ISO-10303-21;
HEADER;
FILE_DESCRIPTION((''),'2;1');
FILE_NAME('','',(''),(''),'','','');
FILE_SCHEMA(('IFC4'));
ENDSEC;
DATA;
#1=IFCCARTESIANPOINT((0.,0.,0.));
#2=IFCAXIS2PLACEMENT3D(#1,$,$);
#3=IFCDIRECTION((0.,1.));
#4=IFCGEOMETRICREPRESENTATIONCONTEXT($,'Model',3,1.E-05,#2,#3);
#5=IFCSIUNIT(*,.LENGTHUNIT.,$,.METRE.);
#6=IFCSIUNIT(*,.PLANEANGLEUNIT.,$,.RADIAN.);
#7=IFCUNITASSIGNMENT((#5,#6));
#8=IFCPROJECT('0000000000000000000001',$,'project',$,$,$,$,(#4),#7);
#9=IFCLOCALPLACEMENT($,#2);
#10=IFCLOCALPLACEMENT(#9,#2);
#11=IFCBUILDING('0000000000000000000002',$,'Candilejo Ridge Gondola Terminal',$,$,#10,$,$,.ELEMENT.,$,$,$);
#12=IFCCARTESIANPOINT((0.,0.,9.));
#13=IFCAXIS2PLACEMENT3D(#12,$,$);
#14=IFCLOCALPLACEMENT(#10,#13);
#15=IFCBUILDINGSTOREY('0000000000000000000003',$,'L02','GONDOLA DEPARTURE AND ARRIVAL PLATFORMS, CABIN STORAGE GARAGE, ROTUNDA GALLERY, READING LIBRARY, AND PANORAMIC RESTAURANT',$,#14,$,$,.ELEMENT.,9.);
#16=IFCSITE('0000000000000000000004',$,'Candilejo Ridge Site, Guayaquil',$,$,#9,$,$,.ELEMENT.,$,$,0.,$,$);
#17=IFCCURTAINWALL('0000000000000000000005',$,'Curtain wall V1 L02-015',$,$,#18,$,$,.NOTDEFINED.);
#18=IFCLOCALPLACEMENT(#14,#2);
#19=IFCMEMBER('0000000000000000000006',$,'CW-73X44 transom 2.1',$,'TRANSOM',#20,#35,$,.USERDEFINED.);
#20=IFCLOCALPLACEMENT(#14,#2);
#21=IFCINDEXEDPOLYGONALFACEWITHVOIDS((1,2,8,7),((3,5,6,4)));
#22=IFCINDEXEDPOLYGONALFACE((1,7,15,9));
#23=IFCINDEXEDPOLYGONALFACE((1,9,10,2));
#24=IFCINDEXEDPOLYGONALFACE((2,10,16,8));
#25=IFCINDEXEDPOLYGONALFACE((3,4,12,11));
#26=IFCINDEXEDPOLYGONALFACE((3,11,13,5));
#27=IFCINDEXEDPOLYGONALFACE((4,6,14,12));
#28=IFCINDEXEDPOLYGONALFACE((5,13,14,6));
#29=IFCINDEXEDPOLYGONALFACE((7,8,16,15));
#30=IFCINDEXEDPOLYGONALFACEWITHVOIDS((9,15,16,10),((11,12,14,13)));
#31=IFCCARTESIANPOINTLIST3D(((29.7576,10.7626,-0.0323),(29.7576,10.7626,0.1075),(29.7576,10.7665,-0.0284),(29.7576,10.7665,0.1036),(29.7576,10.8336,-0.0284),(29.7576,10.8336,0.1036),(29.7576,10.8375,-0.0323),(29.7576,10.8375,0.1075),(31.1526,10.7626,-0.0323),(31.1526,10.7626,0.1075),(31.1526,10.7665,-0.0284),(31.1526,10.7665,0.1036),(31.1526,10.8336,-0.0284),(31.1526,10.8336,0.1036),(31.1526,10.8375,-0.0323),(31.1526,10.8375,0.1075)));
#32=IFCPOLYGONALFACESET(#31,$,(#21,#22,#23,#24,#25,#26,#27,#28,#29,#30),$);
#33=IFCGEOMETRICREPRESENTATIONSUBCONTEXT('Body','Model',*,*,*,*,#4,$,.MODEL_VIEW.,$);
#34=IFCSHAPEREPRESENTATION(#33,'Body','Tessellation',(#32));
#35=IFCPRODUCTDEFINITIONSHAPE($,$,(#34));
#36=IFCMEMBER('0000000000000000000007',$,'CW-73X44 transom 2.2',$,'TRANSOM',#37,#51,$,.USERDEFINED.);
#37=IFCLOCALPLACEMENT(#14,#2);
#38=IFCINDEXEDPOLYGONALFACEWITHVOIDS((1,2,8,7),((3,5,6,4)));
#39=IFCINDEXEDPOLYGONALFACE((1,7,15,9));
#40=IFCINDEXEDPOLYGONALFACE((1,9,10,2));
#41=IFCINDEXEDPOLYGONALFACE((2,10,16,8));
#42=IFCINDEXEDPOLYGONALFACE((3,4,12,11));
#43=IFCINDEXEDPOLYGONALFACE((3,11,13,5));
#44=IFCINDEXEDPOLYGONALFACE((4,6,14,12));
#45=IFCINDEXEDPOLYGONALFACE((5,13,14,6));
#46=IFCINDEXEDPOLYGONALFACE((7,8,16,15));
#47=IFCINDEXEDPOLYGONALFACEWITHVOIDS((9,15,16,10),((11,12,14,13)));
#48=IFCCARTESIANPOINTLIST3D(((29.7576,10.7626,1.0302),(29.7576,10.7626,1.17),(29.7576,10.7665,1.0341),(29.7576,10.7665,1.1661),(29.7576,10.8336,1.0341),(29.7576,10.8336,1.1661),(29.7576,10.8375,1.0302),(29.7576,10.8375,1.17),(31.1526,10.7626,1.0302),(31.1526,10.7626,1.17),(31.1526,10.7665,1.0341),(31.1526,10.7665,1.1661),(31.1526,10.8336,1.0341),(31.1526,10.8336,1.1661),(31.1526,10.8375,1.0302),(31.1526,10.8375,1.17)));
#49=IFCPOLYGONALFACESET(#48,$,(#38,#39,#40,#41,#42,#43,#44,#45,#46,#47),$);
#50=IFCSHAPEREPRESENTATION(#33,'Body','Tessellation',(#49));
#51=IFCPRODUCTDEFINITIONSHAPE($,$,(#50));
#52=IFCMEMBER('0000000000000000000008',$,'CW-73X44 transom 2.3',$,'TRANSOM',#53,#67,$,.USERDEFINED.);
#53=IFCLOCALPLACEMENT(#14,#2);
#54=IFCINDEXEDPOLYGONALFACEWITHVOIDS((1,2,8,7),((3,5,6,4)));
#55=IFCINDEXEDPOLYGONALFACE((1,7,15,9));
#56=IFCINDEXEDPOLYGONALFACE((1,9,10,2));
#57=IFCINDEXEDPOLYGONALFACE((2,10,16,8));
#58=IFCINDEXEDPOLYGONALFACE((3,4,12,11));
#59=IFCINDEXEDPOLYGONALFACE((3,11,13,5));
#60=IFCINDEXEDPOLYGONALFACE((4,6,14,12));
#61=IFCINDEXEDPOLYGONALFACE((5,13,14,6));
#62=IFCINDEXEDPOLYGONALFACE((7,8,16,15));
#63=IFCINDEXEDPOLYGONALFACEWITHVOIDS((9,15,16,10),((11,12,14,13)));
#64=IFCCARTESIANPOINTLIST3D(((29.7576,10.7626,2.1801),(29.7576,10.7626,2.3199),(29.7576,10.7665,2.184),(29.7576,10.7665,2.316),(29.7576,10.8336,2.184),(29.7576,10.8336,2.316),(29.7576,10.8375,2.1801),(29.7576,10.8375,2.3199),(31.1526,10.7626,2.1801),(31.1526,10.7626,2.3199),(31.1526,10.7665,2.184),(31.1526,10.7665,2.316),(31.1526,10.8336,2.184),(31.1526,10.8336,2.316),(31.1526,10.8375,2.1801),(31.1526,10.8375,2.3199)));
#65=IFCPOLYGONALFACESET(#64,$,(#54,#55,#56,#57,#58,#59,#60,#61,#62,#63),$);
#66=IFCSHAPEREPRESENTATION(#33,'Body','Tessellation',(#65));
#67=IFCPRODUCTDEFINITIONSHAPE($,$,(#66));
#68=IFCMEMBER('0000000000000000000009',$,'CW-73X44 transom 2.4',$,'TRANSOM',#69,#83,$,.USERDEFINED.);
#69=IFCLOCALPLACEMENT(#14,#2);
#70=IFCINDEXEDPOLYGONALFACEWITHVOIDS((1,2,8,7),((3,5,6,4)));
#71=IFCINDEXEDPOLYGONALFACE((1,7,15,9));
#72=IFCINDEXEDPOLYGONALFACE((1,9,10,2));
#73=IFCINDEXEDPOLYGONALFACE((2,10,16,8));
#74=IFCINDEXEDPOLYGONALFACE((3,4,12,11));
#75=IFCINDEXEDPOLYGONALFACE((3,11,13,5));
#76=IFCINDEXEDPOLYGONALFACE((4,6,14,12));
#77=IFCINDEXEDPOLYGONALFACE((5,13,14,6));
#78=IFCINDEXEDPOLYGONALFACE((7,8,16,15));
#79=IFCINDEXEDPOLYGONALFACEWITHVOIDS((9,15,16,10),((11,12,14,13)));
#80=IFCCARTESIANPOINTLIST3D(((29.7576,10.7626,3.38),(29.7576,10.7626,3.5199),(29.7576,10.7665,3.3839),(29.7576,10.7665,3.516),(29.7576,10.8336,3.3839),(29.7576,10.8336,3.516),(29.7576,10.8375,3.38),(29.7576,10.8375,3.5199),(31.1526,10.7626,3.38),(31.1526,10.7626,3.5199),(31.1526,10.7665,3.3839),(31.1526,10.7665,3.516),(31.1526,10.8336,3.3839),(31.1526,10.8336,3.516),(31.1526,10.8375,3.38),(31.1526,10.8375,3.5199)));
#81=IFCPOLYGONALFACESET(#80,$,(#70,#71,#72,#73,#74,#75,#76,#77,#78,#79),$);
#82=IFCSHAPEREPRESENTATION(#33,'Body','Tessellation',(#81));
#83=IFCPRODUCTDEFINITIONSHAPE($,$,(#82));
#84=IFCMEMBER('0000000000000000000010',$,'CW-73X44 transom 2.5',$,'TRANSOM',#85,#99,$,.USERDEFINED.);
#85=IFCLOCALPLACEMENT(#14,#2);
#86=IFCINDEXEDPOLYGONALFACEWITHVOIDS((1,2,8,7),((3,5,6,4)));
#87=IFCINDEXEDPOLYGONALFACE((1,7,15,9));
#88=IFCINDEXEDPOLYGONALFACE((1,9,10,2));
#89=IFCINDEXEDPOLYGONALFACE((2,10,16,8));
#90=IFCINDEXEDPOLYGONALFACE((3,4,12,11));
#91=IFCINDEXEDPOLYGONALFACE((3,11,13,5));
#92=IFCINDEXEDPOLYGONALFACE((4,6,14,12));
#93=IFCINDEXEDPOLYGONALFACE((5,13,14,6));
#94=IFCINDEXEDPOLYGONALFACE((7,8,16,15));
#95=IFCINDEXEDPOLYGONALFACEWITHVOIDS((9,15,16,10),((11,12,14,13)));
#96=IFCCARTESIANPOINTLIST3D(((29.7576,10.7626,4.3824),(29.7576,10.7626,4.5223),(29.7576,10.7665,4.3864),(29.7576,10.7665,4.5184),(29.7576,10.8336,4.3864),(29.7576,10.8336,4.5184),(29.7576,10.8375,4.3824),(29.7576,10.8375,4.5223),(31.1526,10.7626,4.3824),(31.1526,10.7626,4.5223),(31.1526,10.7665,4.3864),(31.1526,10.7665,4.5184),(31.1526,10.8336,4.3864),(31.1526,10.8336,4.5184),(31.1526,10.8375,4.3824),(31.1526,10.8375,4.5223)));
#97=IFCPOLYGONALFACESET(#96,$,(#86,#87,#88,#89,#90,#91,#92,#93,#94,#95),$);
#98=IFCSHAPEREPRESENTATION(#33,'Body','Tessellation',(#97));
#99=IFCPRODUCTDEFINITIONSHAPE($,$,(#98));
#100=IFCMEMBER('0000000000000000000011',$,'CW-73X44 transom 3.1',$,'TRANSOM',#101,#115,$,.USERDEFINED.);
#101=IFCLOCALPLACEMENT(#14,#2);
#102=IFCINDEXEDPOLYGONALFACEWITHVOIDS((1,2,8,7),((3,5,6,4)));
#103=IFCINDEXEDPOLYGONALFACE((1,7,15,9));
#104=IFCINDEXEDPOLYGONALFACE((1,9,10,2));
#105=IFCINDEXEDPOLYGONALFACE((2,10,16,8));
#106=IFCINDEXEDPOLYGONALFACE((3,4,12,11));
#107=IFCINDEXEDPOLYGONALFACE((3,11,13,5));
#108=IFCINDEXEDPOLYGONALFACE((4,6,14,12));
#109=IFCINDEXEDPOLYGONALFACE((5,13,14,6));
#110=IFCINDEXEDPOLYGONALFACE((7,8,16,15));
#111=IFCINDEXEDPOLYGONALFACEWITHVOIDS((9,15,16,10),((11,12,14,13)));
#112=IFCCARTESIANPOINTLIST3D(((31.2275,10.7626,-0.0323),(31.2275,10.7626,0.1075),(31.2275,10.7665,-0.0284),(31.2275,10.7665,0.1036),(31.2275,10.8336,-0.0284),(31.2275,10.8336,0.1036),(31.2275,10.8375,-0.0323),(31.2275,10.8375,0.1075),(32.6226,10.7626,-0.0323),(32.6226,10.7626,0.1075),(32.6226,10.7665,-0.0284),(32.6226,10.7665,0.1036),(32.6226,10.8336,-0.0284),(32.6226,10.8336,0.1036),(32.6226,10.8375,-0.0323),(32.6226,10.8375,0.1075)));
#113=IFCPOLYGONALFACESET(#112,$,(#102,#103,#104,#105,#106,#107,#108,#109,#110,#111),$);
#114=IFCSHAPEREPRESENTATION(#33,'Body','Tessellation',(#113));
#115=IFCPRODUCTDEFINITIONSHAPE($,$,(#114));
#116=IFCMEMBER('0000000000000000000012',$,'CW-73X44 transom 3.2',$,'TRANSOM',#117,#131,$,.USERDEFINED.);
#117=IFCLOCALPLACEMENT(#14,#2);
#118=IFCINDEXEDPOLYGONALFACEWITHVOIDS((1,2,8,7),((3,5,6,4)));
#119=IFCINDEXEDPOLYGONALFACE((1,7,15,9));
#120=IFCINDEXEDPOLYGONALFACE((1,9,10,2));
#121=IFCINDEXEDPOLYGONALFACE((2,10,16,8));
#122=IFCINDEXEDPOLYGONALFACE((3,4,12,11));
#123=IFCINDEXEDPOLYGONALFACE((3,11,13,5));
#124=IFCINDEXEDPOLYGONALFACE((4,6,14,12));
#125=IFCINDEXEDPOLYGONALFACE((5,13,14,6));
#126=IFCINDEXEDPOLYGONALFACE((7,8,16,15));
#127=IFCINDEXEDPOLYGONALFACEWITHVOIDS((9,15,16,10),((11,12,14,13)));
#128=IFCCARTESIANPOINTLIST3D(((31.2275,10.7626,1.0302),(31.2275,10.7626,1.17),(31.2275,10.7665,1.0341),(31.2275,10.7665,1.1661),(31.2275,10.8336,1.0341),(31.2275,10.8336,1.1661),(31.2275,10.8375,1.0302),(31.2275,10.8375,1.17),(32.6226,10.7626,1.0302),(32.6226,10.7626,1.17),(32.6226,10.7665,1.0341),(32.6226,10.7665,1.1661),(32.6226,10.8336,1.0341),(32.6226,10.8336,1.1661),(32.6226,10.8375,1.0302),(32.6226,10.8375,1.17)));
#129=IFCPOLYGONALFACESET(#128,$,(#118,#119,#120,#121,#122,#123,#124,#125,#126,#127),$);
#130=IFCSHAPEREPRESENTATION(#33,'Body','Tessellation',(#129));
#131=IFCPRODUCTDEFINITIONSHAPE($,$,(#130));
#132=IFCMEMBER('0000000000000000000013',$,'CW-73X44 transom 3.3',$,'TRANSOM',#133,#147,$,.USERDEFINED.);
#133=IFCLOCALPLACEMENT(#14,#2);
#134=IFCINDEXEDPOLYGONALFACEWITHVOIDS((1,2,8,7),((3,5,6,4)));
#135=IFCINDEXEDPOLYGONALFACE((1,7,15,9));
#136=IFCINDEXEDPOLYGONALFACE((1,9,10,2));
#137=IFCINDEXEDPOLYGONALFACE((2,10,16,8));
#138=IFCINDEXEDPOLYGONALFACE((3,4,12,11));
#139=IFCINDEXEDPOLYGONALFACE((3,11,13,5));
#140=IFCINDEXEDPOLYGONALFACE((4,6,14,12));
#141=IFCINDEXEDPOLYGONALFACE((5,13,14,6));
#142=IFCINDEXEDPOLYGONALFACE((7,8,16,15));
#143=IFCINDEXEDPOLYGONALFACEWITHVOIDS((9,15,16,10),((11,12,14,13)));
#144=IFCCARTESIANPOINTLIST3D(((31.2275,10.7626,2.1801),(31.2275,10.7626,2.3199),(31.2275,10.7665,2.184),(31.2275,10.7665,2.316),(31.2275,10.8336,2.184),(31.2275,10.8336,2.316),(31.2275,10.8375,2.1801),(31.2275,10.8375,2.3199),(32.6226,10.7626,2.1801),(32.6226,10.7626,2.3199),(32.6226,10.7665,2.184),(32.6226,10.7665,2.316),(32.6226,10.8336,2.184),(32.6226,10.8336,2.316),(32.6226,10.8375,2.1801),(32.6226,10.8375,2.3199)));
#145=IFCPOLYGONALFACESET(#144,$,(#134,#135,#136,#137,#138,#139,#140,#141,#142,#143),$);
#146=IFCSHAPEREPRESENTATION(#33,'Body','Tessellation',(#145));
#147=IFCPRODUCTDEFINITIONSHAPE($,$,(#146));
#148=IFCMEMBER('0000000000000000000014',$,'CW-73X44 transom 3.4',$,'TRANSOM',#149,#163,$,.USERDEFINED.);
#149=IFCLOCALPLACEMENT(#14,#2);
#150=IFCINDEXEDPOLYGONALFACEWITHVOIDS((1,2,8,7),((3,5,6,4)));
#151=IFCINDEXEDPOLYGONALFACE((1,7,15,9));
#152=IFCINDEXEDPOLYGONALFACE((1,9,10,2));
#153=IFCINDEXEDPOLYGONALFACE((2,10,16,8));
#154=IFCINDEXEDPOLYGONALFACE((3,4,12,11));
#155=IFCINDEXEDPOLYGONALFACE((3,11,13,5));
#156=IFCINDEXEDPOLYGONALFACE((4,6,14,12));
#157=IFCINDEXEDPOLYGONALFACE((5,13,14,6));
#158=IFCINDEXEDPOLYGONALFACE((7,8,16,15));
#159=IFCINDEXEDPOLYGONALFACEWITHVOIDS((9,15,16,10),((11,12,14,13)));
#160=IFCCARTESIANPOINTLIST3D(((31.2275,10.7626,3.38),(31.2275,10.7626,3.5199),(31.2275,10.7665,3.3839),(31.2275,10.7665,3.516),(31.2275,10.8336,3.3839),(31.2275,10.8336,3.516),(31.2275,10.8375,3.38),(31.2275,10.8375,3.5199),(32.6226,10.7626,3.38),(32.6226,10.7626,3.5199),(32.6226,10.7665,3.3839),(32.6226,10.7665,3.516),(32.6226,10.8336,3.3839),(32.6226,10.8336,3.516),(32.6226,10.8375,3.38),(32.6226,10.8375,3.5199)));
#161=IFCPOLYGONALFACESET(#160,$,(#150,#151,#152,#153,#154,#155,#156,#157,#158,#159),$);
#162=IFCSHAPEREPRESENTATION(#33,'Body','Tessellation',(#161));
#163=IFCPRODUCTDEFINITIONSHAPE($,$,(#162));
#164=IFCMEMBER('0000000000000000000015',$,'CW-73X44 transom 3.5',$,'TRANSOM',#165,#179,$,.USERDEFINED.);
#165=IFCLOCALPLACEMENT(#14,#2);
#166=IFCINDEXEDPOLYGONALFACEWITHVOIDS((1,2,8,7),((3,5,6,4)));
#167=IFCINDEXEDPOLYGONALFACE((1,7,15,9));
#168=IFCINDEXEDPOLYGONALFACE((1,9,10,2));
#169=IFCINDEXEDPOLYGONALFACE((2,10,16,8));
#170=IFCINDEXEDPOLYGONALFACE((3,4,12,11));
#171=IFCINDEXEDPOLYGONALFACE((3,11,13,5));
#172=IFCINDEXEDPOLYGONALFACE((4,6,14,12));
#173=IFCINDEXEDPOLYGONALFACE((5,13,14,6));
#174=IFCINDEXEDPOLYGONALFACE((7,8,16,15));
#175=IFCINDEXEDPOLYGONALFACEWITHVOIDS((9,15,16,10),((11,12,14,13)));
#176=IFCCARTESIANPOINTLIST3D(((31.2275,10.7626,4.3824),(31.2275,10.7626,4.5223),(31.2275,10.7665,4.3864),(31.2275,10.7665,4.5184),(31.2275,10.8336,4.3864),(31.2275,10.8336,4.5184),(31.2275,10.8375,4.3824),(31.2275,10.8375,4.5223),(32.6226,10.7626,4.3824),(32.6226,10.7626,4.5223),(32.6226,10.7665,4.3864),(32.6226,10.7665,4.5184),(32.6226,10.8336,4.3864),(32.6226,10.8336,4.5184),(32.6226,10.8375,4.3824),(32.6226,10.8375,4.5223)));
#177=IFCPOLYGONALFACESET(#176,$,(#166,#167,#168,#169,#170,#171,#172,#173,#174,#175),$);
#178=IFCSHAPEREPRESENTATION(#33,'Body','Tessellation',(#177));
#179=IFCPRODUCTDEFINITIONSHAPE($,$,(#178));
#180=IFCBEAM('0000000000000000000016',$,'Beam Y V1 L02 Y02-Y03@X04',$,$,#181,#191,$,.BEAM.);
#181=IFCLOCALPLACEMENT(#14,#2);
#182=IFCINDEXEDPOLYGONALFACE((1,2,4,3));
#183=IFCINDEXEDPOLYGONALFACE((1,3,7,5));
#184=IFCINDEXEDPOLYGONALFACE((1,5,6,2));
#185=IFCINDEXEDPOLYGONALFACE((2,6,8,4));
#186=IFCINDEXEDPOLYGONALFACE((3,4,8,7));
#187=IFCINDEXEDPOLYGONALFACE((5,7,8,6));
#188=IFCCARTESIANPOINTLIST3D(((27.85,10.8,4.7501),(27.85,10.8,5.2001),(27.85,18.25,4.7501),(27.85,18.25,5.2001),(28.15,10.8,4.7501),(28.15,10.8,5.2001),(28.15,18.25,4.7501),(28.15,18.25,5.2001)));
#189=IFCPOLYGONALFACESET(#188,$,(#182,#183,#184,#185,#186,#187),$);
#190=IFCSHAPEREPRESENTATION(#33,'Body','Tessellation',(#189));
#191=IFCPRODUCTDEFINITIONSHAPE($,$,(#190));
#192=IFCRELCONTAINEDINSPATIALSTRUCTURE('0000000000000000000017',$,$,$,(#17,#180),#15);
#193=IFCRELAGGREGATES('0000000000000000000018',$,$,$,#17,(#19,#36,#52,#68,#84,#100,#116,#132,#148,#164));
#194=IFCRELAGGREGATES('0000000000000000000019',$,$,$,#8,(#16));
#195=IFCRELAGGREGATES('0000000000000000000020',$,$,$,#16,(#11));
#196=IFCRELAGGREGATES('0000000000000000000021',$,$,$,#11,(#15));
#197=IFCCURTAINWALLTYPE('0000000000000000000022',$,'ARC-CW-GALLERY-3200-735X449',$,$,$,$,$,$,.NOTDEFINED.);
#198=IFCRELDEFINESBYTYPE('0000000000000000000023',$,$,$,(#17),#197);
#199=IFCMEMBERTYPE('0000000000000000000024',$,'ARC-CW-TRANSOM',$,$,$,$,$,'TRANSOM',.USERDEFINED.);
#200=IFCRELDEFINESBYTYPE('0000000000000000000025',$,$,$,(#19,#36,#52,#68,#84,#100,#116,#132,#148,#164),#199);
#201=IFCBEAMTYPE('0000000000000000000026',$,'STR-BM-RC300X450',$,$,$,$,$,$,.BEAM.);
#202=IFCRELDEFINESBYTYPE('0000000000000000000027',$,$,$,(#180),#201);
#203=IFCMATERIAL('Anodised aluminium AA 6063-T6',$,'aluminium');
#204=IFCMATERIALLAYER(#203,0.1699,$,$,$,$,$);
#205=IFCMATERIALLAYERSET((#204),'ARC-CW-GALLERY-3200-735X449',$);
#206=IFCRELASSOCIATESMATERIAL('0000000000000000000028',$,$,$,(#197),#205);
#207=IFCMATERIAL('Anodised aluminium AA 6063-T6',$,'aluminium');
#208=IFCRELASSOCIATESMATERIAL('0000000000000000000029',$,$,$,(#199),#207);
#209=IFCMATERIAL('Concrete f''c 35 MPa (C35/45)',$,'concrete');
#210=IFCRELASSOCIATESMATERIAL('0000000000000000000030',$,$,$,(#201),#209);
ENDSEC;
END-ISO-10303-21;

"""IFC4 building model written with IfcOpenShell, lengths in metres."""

from ifc_helpers import new_model, si_unit, direction, frame, origin, origin_2d, place, context, subcontext, project, spatial, rectangle, hollow_rectangle, extrude, material, layer, layer_set, material_profile, profile_set, type_object, element, aggregate, save


model = new_model("IFC4")

# Units and contexts
model_context = context("Model", 3, precision=1e-05, world=origin(), true_north=direction((0.0, 1.0)))
body_context = subcontext(model_context, "Body", "Model", "MODEL_VIEW")
ifc_project = project(units=[si_unit("LENGTHUNIT", "METRE"), si_unit("PLANEANGLEUNIT", "RADIAN")], contexts=[model_context])

# Site, building, storey
site_placement = place(None, origin())
site = spatial("IfcSite", under=ifc_project, at=site_placement, Name="Candilejo Ridge Site, Guayaquil", CompositionType="ELEMENT", RefElevation=0.0)
building_placement = place(site_placement, origin())
building = spatial("IfcBuilding", under=site, at=building_placement, Name="Candilejo Ridge Gondola Terminal", CompositionType="ELEMENT")
storey_placement = place(building_placement, frame((0.0, 0.0, 9.0)))
storey = spatial("IfcBuildingStorey", under=building, at=storey_placement, Name="L02", Description="GONDOLA DEPARTURE AND ARRIVAL PLATFORMS, CABIN STORAGE GARAGE, ROTUNDA GALLERY, READING LIBRARY, AND PANORAMIC RESTAURANT", CompositionType="ELEMENT", Elevation=9.0)

# Curtain wall, members
ifc_material_1 = material(Name="Anodised aluminium AA 6063-T6", Category="aluminium")
ifc_layer_1 = layer(ifc_material_1, 0.1699)
ifc_layer_set_1 = layer_set([ifc_layer_1], Name="ARC-CW-GALLERY-3200-735X449")
curtain_wall_type_1 = type_object("IfcCurtainWallType", Name="ARC-CW-GALLERY-3200-735X449", PredefinedType="NOTDEFINED", material=ifc_layer_set_1)
curtain_wall_1_placement = place(storey_placement, origin())
curtain_wall_1 = element("IfcCurtainWall", 1, at=curtain_wall_1_placement, inside=storey, type_object=curtain_wall_type_1, Name="Curtain wall V1 L02-015", PredefinedType="NOTDEFINED")
ifc_material_2 = material(Name="Anodised aluminium AA 6063-T6", Category="aluminium")
ifc_material_profile_1 = material_profile(ifc_material_2, hollow_rectangle(XDim=0.075, YDim=0.1399, WallThickness=0.0039, at=origin_2d()))
ifc_profile_set_1 = profile_set([ifc_material_profile_1], Name="Anodised aluminium AA 6063-T6")
member_type_1 = type_object("IfcMemberType", Name="ARC-CW-TRANSOM", ElementType="TRANSOM", PredefinedType="USERDEFINED", material=ifc_profile_set_1)
member_1_placement = place(storey_placement, frame((29.7576, 10.8, 0.0376), z_axis=(1.0, 0.0, 0.0), x_axis=(0.0, 1.0, 0.0)))
member_1 = element("IfcMember", 2, at=member_1_placement, type_object=member_type_1, Name="CW-73X44 transom 2.1", ObjectType="TRANSOM", PredefinedType="USERDEFINED", context=body_context, shape_type="SweptSolid", body=[
    extrude(hollow_rectangle(XDim=0.075, YDim=0.1399, WallThickness=0.0039, at=origin_2d()), origin(), (0.0, 0.0, 1.0), 1.395),
])
member_2_placement = place(storey_placement, frame((29.7576, 10.8, 1.1001), z_axis=(1.0, 0.0, 0.0), x_axis=(0.0, 1.0, 0.0)))
member_2 = element("IfcMember", 3, at=member_2_placement, type_object=member_type_1, Name="CW-73X44 transom 2.2", ObjectType="TRANSOM", PredefinedType="USERDEFINED", context=body_context, shape_type="SweptSolid", body=[
    extrude(hollow_rectangle(XDim=0.075, YDim=0.1399, WallThickness=0.0039, at=origin_2d()), origin(), (0.0, 0.0, 1.0), 1.395),
])
member_3_placement = place(storey_placement, frame((29.7576, 10.8, 2.25), z_axis=(1.0, 0.0, 0.0), x_axis=(0.0, 1.0, 0.0)))
member_3 = element("IfcMember", 4, at=member_3_placement, type_object=member_type_1, Name="CW-73X44 transom 2.3", ObjectType="TRANSOM", PredefinedType="USERDEFINED", context=body_context, shape_type="SweptSolid", body=[
    extrude(hollow_rectangle(XDim=0.075, YDim=0.1399, WallThickness=0.0039, at=origin_2d()), origin(), (0.0, 0.0, 1.0), 1.395),
])
member_4_placement = place(storey_placement, frame((29.7576, 10.8, 3.45), z_axis=(1.0, 0.0, 0.0), x_axis=(0.0, 1.0, 0.0)))
member_4 = element("IfcMember", 5, at=member_4_placement, type_object=member_type_1, Name="CW-73X44 transom 2.4", ObjectType="TRANSOM", PredefinedType="USERDEFINED", context=body_context, shape_type="SweptSolid", body=[
    extrude(hollow_rectangle(XDim=0.075, YDim=0.1399, WallThickness=0.0039, at=origin_2d()), origin(), (0.0, 0.0, 1.0), 1.395),
])
member_5_placement = place(storey_placement, frame((29.7576, 10.8, 4.4524), z_axis=(1.0, 0.0, 0.0), x_axis=(0.0, 1.0, 0.0)))
member_5 = element("IfcMember", 6, at=member_5_placement, type_object=member_type_1, Name="CW-73X44 transom 2.5", ObjectType="TRANSOM", PredefinedType="USERDEFINED", context=body_context, shape_type="SweptSolid", body=[
    extrude(hollow_rectangle(XDim=0.075, YDim=0.1399, WallThickness=0.0039, at=origin_2d()), origin(), (0.0, 0.0, 1.0), 1.395),
])
member_6_placement = place(storey_placement, frame((31.2275, 10.8, 0.0376), z_axis=(1.0, 0.0, 0.0), x_axis=(0.0, 1.0, 0.0)))
member_6 = element("IfcMember", 7, at=member_6_placement, type_object=member_type_1, Name="CW-73X44 transom 3.1", ObjectType="TRANSOM", PredefinedType="USERDEFINED", context=body_context, shape_type="SweptSolid", body=[
    extrude(hollow_rectangle(XDim=0.075, YDim=0.1399, WallThickness=0.0039, at=origin_2d()), origin(), (0.0, 0.0, 1.0), 1.395),
])
member_7_placement = place(storey_placement, frame((31.2275, 10.8, 1.1001), z_axis=(1.0, 0.0, 0.0), x_axis=(0.0, 1.0, 0.0)))
member_7 = element("IfcMember", 8, at=member_7_placement, type_object=member_type_1, Name="CW-73X44 transom 3.2", ObjectType="TRANSOM", PredefinedType="USERDEFINED", context=body_context, shape_type="SweptSolid", body=[
    extrude(hollow_rectangle(XDim=0.075, YDim=0.1399, WallThickness=0.0039, at=origin_2d()), origin(), (0.0, 0.0, 1.0), 1.395),
])
member_8_placement = place(storey_placement, frame((31.2275, 10.8, 2.25), z_axis=(1.0, 0.0, 0.0), x_axis=(0.0, 1.0, 0.0)))
member_8 = element("IfcMember", 9, at=member_8_placement, type_object=member_type_1, Name="CW-73X44 transom 3.3", ObjectType="TRANSOM", PredefinedType="USERDEFINED", context=body_context, shape_type="SweptSolid", body=[
    extrude(hollow_rectangle(XDim=0.075, YDim=0.1399, WallThickness=0.0039, at=origin_2d()), origin(), (0.0, 0.0, 1.0), 1.395),
])
member_9_placement = place(storey_placement, frame((31.2275, 10.8, 3.45), z_axis=(1.0, 0.0, 0.0), x_axis=(0.0, 1.0, 0.0)))
member_9 = element("IfcMember", 10, at=member_9_placement, type_object=member_type_1, Name="CW-73X44 transom 3.4", ObjectType="TRANSOM", PredefinedType="USERDEFINED", context=body_context, shape_type="SweptSolid", body=[
    extrude(hollow_rectangle(XDim=0.075, YDim=0.1399, WallThickness=0.0039, at=origin_2d()), origin(), (0.0, 0.0, 1.0), 1.395),
])
member_10_placement = place(storey_placement, frame((31.2275, 10.8, 4.4524), z_axis=(1.0, 0.0, 0.0), x_axis=(0.0, 1.0, 0.0)))
member_10 = element("IfcMember", 11, at=member_10_placement, type_object=member_type_1, Name="CW-73X44 transom 3.5", ObjectType="TRANSOM", PredefinedType="USERDEFINED", context=body_context, shape_type="SweptSolid", body=[
    extrude(hollow_rectangle(XDim=0.075, YDim=0.1399, WallThickness=0.0039, at=origin_2d()), origin(), (0.0, 0.0, 1.0), 1.395),
])

# Beam
ifc_material_3 = material(Name="Concrete f'c 35 MPa (C35/45)", Category="concrete")
ifc_material_profile_2 = material_profile(ifc_material_3, rectangle(XDim=0.3, YDim=0.45, at=origin_2d()))
ifc_profile_set_2 = profile_set([ifc_material_profile_2], Name="Concrete f'c 35 MPa (C35/45)")
beam_type_1 = type_object("IfcBeamType", Name="STR-BM-RC300X450", PredefinedType="BEAM", material=ifc_profile_set_2)
beam_1_placement = place(storey_placement, frame((28.0, 10.8, 4.9751), z_axis=(0.0, 1.0, 0.0), x_axis=(-1.0, 0.0, 0.0)))
element("IfcBeam", 12, at=beam_1_placement, inside=storey, type_object=beam_type_1, Name="Beam Y V1 L02 Y02-Y03@X04", PredefinedType="BEAM", context=body_context, shape_type="SweptSolid", body=[
    extrude(rectangle(XDim=0.3, YDim=0.45, at=origin_2d()), origin(), (0.0, 0.0, 1.0), 7.45),
])

aggregate(curtain_wall_1, [member_1, member_2, member_3, member_4, member_5, member_6, member_7, member_8, member_9, member_10])

save(model, "model.ifc")
